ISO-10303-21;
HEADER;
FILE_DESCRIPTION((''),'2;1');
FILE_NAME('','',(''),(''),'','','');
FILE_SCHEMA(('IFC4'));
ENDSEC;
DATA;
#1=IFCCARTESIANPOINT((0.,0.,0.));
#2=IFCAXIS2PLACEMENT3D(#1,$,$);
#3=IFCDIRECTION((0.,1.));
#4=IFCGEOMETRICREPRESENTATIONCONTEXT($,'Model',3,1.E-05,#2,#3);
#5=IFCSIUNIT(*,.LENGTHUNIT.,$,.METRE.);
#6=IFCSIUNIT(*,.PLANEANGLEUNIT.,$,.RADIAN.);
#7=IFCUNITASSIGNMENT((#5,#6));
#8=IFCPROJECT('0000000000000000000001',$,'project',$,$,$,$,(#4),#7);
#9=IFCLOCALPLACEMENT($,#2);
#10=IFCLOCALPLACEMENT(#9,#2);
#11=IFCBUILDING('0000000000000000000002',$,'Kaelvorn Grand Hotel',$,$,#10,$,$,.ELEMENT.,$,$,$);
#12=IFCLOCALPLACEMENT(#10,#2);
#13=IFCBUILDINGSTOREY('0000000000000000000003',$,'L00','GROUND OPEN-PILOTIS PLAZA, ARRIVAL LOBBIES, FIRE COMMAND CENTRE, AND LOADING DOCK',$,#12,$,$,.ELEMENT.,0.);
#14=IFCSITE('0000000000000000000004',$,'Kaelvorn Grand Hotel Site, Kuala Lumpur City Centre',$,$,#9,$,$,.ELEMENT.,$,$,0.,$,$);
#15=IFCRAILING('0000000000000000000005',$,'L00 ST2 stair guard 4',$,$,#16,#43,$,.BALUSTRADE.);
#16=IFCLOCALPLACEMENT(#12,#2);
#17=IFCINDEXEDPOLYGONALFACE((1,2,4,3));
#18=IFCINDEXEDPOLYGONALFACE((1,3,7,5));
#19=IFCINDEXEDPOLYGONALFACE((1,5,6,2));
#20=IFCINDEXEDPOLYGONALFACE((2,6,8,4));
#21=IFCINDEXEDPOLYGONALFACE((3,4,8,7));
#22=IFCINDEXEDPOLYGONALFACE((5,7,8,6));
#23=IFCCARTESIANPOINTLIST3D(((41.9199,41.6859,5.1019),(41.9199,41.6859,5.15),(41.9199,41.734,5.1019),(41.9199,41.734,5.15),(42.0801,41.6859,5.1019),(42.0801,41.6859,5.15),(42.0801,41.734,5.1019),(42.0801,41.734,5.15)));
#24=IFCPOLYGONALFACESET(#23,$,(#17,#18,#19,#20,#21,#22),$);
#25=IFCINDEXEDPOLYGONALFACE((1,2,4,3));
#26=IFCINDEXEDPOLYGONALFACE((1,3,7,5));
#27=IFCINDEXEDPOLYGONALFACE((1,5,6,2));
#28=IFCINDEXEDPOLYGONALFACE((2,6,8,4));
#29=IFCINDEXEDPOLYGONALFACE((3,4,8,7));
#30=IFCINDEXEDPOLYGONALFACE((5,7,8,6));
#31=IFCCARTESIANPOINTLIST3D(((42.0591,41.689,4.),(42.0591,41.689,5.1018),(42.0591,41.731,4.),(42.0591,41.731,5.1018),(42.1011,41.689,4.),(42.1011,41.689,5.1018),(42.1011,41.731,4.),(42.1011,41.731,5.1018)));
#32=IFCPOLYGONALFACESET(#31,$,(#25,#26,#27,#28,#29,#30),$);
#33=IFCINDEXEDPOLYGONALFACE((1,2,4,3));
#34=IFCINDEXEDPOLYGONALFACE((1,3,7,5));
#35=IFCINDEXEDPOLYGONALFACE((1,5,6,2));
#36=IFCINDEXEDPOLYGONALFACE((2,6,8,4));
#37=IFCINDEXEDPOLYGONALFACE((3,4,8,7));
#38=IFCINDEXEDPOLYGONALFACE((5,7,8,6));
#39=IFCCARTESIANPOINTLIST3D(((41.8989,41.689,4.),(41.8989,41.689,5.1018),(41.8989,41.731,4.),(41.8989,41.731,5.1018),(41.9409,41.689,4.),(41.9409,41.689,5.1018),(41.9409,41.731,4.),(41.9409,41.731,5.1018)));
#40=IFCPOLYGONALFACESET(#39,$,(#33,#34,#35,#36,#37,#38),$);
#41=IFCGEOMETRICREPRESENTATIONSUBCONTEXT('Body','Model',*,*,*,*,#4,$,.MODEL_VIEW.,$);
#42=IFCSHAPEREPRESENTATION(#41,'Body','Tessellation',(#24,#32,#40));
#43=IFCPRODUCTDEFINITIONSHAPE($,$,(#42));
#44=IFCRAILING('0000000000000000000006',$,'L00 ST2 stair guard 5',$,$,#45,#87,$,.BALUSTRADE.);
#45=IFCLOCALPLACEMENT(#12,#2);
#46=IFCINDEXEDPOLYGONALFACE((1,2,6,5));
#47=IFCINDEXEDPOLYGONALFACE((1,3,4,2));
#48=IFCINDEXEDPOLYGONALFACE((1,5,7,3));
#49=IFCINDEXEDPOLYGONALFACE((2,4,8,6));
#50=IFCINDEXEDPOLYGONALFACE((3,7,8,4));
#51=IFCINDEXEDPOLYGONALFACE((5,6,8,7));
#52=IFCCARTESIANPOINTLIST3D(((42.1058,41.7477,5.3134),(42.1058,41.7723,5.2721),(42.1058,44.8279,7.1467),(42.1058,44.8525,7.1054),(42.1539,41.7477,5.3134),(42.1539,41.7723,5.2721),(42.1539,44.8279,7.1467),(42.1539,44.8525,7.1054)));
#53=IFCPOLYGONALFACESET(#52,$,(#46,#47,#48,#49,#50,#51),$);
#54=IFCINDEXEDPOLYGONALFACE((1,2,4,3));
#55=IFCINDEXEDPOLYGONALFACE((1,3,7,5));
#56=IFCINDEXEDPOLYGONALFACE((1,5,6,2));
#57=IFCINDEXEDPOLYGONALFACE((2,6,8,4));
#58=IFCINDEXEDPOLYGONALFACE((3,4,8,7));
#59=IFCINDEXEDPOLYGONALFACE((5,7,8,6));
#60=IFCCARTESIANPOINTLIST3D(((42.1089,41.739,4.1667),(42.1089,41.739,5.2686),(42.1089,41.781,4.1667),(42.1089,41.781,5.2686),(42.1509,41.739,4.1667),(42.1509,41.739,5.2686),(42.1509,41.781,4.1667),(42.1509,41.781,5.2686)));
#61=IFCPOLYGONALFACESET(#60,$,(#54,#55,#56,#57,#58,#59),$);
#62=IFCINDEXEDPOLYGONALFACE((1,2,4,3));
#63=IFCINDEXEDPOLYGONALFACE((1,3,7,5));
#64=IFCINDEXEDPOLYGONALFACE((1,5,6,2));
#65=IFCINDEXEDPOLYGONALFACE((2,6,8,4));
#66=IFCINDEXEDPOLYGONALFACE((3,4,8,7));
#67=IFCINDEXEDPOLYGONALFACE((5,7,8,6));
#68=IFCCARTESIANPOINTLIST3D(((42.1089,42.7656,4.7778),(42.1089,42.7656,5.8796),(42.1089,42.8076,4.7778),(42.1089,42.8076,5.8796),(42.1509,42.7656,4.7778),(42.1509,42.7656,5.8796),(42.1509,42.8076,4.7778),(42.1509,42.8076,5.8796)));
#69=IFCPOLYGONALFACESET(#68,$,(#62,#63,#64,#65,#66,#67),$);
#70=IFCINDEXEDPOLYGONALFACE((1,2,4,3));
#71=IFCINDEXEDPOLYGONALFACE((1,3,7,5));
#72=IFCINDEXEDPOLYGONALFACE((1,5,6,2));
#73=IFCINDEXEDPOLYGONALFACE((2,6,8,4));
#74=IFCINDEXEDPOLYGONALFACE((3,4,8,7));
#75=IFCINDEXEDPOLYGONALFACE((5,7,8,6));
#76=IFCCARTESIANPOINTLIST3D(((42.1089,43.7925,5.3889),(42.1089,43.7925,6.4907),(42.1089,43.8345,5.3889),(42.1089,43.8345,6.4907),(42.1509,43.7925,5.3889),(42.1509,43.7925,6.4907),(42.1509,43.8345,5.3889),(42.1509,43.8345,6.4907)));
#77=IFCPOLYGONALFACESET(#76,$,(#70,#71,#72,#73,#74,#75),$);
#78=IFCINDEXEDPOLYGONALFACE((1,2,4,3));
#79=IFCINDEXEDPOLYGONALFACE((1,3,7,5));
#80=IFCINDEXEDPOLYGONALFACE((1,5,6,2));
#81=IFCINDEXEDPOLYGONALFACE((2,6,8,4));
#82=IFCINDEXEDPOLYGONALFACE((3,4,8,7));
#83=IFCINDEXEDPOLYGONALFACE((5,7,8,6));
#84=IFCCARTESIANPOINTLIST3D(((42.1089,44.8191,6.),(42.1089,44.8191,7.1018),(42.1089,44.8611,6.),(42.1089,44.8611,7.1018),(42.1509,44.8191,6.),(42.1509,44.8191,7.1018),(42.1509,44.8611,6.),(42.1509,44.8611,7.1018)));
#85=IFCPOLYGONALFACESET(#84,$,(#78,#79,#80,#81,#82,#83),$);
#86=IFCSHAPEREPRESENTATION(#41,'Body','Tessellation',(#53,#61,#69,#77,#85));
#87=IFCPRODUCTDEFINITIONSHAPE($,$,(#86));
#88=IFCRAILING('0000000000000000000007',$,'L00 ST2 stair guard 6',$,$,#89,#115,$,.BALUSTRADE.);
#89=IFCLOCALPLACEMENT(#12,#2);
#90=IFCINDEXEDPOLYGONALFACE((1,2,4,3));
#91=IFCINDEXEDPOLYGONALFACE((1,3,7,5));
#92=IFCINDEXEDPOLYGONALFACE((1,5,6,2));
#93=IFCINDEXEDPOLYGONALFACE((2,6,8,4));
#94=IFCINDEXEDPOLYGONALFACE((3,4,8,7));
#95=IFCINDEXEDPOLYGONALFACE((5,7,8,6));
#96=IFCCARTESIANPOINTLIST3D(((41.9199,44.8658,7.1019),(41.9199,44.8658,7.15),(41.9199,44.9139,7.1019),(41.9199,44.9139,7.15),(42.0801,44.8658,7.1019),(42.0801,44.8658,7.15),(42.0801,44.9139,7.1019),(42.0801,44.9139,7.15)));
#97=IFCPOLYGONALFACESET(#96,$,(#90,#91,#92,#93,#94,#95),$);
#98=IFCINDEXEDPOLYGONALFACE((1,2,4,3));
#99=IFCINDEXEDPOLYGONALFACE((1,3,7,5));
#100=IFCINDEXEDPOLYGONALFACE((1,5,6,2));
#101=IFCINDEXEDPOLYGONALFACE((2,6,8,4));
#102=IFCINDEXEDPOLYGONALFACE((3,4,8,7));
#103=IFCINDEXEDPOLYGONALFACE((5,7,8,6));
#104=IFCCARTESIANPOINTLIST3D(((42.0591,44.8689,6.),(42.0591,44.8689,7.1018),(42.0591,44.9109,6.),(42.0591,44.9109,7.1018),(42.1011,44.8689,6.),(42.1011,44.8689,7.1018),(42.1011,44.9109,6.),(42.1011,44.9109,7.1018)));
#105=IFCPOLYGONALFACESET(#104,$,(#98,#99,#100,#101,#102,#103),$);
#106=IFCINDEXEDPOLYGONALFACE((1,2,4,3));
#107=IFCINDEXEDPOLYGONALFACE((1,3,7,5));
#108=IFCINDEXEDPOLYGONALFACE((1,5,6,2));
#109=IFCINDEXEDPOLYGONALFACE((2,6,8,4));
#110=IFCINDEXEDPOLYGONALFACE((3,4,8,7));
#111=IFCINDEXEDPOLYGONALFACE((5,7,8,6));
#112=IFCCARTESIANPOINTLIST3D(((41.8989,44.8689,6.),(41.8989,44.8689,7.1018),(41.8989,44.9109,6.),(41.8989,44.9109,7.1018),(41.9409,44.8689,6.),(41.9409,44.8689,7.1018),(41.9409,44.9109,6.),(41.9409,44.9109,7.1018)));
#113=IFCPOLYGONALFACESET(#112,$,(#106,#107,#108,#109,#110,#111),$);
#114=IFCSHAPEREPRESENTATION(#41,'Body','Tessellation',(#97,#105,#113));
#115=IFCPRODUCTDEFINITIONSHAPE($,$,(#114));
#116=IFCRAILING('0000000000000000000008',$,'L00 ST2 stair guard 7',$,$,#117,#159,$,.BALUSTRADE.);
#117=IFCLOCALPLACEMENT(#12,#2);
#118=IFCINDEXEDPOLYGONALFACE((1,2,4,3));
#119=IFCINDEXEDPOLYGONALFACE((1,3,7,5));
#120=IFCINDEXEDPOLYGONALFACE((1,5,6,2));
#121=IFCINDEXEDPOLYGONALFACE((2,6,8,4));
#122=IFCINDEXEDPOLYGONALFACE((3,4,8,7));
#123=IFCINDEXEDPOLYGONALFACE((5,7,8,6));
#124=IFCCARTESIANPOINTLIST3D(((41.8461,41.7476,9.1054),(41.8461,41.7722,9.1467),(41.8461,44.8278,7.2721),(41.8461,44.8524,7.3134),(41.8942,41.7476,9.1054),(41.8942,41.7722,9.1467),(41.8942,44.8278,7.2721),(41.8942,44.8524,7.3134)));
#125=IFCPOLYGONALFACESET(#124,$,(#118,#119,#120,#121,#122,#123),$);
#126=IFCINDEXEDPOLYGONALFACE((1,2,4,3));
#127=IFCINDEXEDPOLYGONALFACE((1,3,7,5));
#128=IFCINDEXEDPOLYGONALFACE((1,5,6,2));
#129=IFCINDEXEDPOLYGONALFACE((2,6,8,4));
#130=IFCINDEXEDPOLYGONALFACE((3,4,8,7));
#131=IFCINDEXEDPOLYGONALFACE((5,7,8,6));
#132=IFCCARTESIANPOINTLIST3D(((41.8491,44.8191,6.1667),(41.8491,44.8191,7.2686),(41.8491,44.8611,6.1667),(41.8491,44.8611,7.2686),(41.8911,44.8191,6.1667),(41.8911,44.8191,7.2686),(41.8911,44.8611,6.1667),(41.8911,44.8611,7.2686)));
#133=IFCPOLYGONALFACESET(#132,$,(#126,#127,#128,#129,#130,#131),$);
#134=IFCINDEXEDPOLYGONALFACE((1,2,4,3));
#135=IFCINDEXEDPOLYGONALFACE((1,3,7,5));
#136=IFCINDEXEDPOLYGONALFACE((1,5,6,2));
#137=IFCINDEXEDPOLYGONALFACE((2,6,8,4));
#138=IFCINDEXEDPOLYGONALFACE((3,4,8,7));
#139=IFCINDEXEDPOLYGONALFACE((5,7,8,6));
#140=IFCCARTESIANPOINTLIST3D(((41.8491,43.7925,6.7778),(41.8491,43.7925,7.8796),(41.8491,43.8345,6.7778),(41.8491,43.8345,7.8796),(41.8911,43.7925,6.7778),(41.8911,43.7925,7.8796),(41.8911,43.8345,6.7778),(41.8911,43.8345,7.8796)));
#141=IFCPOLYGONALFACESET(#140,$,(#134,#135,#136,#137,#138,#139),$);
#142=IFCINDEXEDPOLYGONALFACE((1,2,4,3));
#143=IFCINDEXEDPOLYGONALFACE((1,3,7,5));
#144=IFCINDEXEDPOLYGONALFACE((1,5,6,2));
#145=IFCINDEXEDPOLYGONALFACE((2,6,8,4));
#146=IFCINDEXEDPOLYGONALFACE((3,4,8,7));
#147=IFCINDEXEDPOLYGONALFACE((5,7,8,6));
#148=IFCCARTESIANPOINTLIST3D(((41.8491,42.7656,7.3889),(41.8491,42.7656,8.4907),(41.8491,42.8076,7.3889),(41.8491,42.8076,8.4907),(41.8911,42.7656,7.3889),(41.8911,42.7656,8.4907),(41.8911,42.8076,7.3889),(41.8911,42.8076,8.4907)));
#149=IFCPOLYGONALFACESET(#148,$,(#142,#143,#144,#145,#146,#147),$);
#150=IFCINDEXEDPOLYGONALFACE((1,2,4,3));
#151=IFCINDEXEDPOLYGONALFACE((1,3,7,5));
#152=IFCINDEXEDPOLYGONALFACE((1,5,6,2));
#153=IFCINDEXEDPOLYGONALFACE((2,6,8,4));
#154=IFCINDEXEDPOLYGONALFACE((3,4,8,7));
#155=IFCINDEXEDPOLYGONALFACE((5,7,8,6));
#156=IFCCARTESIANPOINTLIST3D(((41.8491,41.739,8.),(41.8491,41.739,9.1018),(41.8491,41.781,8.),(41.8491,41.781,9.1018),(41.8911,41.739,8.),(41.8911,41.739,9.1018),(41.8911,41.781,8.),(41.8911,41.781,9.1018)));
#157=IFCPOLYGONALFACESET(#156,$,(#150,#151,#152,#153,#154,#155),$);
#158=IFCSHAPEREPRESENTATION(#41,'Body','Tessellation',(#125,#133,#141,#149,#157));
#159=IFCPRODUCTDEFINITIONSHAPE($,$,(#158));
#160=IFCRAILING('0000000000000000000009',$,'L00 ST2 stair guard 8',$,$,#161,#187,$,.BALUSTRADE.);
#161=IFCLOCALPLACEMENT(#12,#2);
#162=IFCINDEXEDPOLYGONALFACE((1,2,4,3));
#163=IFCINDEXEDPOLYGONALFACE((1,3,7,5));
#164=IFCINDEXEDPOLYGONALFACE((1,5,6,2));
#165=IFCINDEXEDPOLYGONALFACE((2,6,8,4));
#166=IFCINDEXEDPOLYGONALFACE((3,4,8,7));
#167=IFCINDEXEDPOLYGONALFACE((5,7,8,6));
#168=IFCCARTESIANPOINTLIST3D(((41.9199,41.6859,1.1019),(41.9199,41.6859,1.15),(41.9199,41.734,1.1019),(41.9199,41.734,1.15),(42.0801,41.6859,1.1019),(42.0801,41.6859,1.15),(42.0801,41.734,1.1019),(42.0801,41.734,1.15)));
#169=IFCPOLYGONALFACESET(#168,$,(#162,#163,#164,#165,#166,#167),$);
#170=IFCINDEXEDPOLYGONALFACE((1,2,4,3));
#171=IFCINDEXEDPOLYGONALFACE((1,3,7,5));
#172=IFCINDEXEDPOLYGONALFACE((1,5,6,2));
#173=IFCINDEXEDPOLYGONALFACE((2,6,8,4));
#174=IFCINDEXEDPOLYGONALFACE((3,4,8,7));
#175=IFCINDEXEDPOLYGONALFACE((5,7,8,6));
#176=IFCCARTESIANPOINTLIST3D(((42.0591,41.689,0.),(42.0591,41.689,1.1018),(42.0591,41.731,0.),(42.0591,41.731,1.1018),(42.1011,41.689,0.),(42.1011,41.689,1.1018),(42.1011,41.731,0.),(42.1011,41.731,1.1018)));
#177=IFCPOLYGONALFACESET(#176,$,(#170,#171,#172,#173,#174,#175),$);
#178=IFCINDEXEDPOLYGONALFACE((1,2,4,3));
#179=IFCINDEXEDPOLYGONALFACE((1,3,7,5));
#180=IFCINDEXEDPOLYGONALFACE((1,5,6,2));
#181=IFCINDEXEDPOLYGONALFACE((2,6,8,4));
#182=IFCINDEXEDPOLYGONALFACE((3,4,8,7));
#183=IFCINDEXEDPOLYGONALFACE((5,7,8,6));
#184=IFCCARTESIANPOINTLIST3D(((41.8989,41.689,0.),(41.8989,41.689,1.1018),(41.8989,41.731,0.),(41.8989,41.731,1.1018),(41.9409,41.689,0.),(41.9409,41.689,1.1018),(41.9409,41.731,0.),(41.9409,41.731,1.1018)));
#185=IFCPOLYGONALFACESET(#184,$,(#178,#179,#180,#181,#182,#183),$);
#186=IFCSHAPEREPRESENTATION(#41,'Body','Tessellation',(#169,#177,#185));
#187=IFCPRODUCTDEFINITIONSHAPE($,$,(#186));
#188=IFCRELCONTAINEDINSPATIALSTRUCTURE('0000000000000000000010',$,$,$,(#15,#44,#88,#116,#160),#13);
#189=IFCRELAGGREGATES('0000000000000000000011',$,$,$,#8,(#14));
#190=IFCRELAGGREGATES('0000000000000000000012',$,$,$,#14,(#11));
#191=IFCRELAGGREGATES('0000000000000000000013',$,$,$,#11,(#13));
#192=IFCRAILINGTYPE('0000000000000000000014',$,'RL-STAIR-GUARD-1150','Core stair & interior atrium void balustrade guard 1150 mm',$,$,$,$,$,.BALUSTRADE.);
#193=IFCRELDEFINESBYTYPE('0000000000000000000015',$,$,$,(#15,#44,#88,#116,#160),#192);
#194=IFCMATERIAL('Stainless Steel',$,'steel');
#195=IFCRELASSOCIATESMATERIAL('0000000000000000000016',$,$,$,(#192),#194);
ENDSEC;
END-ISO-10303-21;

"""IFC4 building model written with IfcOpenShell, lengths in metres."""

from ifc_helpers import new_model, si_unit, direction, frame, origin, origin_2d, place, context, subcontext, project, spatial, rectangle, extrude, material, type_object, element, save


model = new_model("IFC4")

# Units and contexts
model_context = context("Model", 3, precision=1e-05, world=origin(), true_north=direction((0.0, 1.0)))
body_context = subcontext(model_context, "Body", "Model", "MODEL_VIEW")
ifc_project = project(units=[si_unit("LENGTHUNIT", "METRE"), si_unit("PLANEANGLEUNIT", "RADIAN")], contexts=[model_context])

# Site, building, storey
site_placement = place(None, origin())
site = spatial("IfcSite", under=ifc_project, at=site_placement, Name="Kaelvorn Grand Hotel Site, Kuala Lumpur City Centre", CompositionType="ELEMENT", RefElevation=0.0)
building_placement = place(site_placement, origin())
building = spatial("IfcBuilding", under=site, at=building_placement, Name="Kaelvorn Grand Hotel", CompositionType="ELEMENT")
storey_placement = place(building_placement, origin())
storey = spatial("IfcBuildingStorey", under=building, at=storey_placement, Name="L00", Description="GROUND OPEN-PILOTIS PLAZA, ARRIVAL LOBBIES, FIRE COMMAND CENTRE, AND LOADING DOCK", CompositionType="ELEMENT", Elevation=0.0)

# Railings
ifc_material_1 = material(Name="Stainless Steel", Category="steel")
railing_type_1 = type_object("IfcRailingType", Name="RL-STAIR-GUARD-1150", Description="Core stair & interior atrium void balustrade guard 1150 mm", PredefinedType="BALUSTRADE", material=ifc_material_1)
railing_1_placement = place(storey_placement, frame((42.0801, 41.71, 4.0)))
element("IfcRailing", 1, at=railing_1_placement, inside=storey, type_object=railing_type_1, Name="L00 ST2 stair guard 4", PredefinedType="BALUSTRADE", context=body_context, shape_type="SweptSolid", body=[
    extrude(rectangle(XDim=0.0481, YDim=0.0481, at=origin_2d()), frame((0.0, 0.0, 1.126), z_axis=(-1.0, 0.0, 0.0), x_axis=(0.0, -1.0, 0.0)), (0.0, 0.0, 1.0), 0.1602),
    extrude(rectangle(XDim=0.042, YDim=0.042, at=origin_2d()), origin(), (0.0, 0.0, 1.0), 1.1018),
    extrude(rectangle(XDim=0.042, YDim=0.042, at=origin_2d()), frame((-0.1602, 0.0, 0.0)), (0.0, 0.0, 1.0), 1.1018),
])
railing_2_placement = place(storey_placement, frame((42.1299, 41.76, 4.1667)))
element("IfcRailing", 2, at=railing_2_placement, inside=storey, type_object=railing_type_1, Name="L00 ST2 stair guard 5", PredefinedType="BALUSTRADE", context=body_context, shape_type="SweptSolid", body=[
    extrude(rectangle(XDim=0.0481, YDim=0.0481, at=origin_2d()), frame((0.0, 0.0, 1.126), z_axis=(0.0, 0.859309, 0.511458), x_axis=(-1.0, 0.0, 0.0)), (0.0, 0.0, 1.0), 3.5845),
    extrude(rectangle(XDim=0.042, YDim=0.042, at=origin_2d()), origin(), (0.0, 0.0, 1.0), 1.1018),
    extrude(rectangle(XDim=0.042, YDim=0.042, at=origin_2d()), frame((0.0, 1.0266, 0.6111)), (0.0, 0.0, 1.0), 1.1018),
    extrude(rectangle(XDim=0.042, YDim=0.042, at=origin_2d()), frame((0.0, 2.0535, 1.2222)), (0.0, 0.0, 1.0), 1.1018),
    extrude(rectangle(XDim=0.042, YDim=0.042, at=origin_2d()), frame((0.0, 3.0801, 1.8333)), (0.0, 0.0, 1.0), 1.1018),
])
railing_3_placement = place(storey_placement, frame((42.0801, 44.8899, 6.0)))
element("IfcRailing", 3, at=railing_3_placement, inside=storey, type_object=railing_type_1, Name="L00 ST2 stair guard 6", PredefinedType="BALUSTRADE", context=body_context, shape_type="SweptSolid", body=[
    extrude(rectangle(XDim=0.0481, YDim=0.0481, at=origin_2d()), frame((0.0, 0.0, 1.126), z_axis=(-1.0, 0.0, 0.0), x_axis=(0.0, -1.0, 0.0)), (0.0, 0.0, 1.0), 0.1602),
    extrude(rectangle(XDim=0.042, YDim=0.042, at=origin_2d()), origin(), (0.0, 0.0, 1.0), 1.1018),
    extrude(rectangle(XDim=0.042, YDim=0.042, at=origin_2d()), frame((-0.1602, 0.0, 0.0)), (0.0, 0.0, 1.0), 1.1018),
])
railing_4_placement = place(storey_placement, frame((41.8701, 44.8401, 6.1667)))
element("IfcRailing", 4, at=railing_4_placement, inside=storey, type_object=railing_type_1, Name="L00 ST2 stair guard 7", PredefinedType="BALUSTRADE", context=body_context, shape_type="SweptSolid", body=[
    extrude(rectangle(XDim=0.0481, YDim=0.0481, at=origin_2d()), frame((0.0, 0.0, 1.126), z_axis=(0.0, -0.859309, 0.511458), x_axis=(1.0, 0.0, 0.0)), (0.0, 0.0, 1.0), 3.5845),
    extrude(rectangle(XDim=0.042, YDim=0.042, at=origin_2d()), origin(), (0.0, 0.0, 1.0), 1.1018),
    extrude(rectangle(XDim=0.042, YDim=0.042, at=origin_2d()), frame((0.0, -1.0266, 0.6111)), (0.0, 0.0, 1.0), 1.1018),
    extrude(rectangle(XDim=0.042, YDim=0.042, at=origin_2d()), frame((0.0, -2.0535, 1.2222)), (0.0, 0.0, 1.0), 1.1018),
    extrude(rectangle(XDim=0.042, YDim=0.042, at=origin_2d()), frame((0.0, -3.0801, 1.8333)), (0.0, 0.0, 1.0), 1.1018),
])
railing_5_placement = place(storey_placement, frame((42.0801, 41.71, 0.0)))
element("IfcRailing", 5, at=railing_5_placement, inside=storey, type_object=railing_type_1, Name="L00 ST2 stair guard 8", PredefinedType="BALUSTRADE", context=body_context, shape_type="SweptSolid", body=[
    extrude(rectangle(XDim=0.0481, YDim=0.0481, at=origin_2d()), frame((0.0, 0.0, 1.126), z_axis=(-1.0, 0.0, 0.0), x_axis=(0.0, -1.0, 0.0)), (0.0, 0.0, 1.0), 0.1602),
    extrude(rectangle(XDim=0.042, YDim=0.042, at=origin_2d()), origin(), (0.0, 0.0, 1.0), 1.1018),
    extrude(rectangle(XDim=0.042, YDim=0.042, at=origin_2d()), frame((-0.1602, 0.0, 0.0)), (0.0, 0.0, 1.0), 1.1018),
])

save(model, "model.ifc")
